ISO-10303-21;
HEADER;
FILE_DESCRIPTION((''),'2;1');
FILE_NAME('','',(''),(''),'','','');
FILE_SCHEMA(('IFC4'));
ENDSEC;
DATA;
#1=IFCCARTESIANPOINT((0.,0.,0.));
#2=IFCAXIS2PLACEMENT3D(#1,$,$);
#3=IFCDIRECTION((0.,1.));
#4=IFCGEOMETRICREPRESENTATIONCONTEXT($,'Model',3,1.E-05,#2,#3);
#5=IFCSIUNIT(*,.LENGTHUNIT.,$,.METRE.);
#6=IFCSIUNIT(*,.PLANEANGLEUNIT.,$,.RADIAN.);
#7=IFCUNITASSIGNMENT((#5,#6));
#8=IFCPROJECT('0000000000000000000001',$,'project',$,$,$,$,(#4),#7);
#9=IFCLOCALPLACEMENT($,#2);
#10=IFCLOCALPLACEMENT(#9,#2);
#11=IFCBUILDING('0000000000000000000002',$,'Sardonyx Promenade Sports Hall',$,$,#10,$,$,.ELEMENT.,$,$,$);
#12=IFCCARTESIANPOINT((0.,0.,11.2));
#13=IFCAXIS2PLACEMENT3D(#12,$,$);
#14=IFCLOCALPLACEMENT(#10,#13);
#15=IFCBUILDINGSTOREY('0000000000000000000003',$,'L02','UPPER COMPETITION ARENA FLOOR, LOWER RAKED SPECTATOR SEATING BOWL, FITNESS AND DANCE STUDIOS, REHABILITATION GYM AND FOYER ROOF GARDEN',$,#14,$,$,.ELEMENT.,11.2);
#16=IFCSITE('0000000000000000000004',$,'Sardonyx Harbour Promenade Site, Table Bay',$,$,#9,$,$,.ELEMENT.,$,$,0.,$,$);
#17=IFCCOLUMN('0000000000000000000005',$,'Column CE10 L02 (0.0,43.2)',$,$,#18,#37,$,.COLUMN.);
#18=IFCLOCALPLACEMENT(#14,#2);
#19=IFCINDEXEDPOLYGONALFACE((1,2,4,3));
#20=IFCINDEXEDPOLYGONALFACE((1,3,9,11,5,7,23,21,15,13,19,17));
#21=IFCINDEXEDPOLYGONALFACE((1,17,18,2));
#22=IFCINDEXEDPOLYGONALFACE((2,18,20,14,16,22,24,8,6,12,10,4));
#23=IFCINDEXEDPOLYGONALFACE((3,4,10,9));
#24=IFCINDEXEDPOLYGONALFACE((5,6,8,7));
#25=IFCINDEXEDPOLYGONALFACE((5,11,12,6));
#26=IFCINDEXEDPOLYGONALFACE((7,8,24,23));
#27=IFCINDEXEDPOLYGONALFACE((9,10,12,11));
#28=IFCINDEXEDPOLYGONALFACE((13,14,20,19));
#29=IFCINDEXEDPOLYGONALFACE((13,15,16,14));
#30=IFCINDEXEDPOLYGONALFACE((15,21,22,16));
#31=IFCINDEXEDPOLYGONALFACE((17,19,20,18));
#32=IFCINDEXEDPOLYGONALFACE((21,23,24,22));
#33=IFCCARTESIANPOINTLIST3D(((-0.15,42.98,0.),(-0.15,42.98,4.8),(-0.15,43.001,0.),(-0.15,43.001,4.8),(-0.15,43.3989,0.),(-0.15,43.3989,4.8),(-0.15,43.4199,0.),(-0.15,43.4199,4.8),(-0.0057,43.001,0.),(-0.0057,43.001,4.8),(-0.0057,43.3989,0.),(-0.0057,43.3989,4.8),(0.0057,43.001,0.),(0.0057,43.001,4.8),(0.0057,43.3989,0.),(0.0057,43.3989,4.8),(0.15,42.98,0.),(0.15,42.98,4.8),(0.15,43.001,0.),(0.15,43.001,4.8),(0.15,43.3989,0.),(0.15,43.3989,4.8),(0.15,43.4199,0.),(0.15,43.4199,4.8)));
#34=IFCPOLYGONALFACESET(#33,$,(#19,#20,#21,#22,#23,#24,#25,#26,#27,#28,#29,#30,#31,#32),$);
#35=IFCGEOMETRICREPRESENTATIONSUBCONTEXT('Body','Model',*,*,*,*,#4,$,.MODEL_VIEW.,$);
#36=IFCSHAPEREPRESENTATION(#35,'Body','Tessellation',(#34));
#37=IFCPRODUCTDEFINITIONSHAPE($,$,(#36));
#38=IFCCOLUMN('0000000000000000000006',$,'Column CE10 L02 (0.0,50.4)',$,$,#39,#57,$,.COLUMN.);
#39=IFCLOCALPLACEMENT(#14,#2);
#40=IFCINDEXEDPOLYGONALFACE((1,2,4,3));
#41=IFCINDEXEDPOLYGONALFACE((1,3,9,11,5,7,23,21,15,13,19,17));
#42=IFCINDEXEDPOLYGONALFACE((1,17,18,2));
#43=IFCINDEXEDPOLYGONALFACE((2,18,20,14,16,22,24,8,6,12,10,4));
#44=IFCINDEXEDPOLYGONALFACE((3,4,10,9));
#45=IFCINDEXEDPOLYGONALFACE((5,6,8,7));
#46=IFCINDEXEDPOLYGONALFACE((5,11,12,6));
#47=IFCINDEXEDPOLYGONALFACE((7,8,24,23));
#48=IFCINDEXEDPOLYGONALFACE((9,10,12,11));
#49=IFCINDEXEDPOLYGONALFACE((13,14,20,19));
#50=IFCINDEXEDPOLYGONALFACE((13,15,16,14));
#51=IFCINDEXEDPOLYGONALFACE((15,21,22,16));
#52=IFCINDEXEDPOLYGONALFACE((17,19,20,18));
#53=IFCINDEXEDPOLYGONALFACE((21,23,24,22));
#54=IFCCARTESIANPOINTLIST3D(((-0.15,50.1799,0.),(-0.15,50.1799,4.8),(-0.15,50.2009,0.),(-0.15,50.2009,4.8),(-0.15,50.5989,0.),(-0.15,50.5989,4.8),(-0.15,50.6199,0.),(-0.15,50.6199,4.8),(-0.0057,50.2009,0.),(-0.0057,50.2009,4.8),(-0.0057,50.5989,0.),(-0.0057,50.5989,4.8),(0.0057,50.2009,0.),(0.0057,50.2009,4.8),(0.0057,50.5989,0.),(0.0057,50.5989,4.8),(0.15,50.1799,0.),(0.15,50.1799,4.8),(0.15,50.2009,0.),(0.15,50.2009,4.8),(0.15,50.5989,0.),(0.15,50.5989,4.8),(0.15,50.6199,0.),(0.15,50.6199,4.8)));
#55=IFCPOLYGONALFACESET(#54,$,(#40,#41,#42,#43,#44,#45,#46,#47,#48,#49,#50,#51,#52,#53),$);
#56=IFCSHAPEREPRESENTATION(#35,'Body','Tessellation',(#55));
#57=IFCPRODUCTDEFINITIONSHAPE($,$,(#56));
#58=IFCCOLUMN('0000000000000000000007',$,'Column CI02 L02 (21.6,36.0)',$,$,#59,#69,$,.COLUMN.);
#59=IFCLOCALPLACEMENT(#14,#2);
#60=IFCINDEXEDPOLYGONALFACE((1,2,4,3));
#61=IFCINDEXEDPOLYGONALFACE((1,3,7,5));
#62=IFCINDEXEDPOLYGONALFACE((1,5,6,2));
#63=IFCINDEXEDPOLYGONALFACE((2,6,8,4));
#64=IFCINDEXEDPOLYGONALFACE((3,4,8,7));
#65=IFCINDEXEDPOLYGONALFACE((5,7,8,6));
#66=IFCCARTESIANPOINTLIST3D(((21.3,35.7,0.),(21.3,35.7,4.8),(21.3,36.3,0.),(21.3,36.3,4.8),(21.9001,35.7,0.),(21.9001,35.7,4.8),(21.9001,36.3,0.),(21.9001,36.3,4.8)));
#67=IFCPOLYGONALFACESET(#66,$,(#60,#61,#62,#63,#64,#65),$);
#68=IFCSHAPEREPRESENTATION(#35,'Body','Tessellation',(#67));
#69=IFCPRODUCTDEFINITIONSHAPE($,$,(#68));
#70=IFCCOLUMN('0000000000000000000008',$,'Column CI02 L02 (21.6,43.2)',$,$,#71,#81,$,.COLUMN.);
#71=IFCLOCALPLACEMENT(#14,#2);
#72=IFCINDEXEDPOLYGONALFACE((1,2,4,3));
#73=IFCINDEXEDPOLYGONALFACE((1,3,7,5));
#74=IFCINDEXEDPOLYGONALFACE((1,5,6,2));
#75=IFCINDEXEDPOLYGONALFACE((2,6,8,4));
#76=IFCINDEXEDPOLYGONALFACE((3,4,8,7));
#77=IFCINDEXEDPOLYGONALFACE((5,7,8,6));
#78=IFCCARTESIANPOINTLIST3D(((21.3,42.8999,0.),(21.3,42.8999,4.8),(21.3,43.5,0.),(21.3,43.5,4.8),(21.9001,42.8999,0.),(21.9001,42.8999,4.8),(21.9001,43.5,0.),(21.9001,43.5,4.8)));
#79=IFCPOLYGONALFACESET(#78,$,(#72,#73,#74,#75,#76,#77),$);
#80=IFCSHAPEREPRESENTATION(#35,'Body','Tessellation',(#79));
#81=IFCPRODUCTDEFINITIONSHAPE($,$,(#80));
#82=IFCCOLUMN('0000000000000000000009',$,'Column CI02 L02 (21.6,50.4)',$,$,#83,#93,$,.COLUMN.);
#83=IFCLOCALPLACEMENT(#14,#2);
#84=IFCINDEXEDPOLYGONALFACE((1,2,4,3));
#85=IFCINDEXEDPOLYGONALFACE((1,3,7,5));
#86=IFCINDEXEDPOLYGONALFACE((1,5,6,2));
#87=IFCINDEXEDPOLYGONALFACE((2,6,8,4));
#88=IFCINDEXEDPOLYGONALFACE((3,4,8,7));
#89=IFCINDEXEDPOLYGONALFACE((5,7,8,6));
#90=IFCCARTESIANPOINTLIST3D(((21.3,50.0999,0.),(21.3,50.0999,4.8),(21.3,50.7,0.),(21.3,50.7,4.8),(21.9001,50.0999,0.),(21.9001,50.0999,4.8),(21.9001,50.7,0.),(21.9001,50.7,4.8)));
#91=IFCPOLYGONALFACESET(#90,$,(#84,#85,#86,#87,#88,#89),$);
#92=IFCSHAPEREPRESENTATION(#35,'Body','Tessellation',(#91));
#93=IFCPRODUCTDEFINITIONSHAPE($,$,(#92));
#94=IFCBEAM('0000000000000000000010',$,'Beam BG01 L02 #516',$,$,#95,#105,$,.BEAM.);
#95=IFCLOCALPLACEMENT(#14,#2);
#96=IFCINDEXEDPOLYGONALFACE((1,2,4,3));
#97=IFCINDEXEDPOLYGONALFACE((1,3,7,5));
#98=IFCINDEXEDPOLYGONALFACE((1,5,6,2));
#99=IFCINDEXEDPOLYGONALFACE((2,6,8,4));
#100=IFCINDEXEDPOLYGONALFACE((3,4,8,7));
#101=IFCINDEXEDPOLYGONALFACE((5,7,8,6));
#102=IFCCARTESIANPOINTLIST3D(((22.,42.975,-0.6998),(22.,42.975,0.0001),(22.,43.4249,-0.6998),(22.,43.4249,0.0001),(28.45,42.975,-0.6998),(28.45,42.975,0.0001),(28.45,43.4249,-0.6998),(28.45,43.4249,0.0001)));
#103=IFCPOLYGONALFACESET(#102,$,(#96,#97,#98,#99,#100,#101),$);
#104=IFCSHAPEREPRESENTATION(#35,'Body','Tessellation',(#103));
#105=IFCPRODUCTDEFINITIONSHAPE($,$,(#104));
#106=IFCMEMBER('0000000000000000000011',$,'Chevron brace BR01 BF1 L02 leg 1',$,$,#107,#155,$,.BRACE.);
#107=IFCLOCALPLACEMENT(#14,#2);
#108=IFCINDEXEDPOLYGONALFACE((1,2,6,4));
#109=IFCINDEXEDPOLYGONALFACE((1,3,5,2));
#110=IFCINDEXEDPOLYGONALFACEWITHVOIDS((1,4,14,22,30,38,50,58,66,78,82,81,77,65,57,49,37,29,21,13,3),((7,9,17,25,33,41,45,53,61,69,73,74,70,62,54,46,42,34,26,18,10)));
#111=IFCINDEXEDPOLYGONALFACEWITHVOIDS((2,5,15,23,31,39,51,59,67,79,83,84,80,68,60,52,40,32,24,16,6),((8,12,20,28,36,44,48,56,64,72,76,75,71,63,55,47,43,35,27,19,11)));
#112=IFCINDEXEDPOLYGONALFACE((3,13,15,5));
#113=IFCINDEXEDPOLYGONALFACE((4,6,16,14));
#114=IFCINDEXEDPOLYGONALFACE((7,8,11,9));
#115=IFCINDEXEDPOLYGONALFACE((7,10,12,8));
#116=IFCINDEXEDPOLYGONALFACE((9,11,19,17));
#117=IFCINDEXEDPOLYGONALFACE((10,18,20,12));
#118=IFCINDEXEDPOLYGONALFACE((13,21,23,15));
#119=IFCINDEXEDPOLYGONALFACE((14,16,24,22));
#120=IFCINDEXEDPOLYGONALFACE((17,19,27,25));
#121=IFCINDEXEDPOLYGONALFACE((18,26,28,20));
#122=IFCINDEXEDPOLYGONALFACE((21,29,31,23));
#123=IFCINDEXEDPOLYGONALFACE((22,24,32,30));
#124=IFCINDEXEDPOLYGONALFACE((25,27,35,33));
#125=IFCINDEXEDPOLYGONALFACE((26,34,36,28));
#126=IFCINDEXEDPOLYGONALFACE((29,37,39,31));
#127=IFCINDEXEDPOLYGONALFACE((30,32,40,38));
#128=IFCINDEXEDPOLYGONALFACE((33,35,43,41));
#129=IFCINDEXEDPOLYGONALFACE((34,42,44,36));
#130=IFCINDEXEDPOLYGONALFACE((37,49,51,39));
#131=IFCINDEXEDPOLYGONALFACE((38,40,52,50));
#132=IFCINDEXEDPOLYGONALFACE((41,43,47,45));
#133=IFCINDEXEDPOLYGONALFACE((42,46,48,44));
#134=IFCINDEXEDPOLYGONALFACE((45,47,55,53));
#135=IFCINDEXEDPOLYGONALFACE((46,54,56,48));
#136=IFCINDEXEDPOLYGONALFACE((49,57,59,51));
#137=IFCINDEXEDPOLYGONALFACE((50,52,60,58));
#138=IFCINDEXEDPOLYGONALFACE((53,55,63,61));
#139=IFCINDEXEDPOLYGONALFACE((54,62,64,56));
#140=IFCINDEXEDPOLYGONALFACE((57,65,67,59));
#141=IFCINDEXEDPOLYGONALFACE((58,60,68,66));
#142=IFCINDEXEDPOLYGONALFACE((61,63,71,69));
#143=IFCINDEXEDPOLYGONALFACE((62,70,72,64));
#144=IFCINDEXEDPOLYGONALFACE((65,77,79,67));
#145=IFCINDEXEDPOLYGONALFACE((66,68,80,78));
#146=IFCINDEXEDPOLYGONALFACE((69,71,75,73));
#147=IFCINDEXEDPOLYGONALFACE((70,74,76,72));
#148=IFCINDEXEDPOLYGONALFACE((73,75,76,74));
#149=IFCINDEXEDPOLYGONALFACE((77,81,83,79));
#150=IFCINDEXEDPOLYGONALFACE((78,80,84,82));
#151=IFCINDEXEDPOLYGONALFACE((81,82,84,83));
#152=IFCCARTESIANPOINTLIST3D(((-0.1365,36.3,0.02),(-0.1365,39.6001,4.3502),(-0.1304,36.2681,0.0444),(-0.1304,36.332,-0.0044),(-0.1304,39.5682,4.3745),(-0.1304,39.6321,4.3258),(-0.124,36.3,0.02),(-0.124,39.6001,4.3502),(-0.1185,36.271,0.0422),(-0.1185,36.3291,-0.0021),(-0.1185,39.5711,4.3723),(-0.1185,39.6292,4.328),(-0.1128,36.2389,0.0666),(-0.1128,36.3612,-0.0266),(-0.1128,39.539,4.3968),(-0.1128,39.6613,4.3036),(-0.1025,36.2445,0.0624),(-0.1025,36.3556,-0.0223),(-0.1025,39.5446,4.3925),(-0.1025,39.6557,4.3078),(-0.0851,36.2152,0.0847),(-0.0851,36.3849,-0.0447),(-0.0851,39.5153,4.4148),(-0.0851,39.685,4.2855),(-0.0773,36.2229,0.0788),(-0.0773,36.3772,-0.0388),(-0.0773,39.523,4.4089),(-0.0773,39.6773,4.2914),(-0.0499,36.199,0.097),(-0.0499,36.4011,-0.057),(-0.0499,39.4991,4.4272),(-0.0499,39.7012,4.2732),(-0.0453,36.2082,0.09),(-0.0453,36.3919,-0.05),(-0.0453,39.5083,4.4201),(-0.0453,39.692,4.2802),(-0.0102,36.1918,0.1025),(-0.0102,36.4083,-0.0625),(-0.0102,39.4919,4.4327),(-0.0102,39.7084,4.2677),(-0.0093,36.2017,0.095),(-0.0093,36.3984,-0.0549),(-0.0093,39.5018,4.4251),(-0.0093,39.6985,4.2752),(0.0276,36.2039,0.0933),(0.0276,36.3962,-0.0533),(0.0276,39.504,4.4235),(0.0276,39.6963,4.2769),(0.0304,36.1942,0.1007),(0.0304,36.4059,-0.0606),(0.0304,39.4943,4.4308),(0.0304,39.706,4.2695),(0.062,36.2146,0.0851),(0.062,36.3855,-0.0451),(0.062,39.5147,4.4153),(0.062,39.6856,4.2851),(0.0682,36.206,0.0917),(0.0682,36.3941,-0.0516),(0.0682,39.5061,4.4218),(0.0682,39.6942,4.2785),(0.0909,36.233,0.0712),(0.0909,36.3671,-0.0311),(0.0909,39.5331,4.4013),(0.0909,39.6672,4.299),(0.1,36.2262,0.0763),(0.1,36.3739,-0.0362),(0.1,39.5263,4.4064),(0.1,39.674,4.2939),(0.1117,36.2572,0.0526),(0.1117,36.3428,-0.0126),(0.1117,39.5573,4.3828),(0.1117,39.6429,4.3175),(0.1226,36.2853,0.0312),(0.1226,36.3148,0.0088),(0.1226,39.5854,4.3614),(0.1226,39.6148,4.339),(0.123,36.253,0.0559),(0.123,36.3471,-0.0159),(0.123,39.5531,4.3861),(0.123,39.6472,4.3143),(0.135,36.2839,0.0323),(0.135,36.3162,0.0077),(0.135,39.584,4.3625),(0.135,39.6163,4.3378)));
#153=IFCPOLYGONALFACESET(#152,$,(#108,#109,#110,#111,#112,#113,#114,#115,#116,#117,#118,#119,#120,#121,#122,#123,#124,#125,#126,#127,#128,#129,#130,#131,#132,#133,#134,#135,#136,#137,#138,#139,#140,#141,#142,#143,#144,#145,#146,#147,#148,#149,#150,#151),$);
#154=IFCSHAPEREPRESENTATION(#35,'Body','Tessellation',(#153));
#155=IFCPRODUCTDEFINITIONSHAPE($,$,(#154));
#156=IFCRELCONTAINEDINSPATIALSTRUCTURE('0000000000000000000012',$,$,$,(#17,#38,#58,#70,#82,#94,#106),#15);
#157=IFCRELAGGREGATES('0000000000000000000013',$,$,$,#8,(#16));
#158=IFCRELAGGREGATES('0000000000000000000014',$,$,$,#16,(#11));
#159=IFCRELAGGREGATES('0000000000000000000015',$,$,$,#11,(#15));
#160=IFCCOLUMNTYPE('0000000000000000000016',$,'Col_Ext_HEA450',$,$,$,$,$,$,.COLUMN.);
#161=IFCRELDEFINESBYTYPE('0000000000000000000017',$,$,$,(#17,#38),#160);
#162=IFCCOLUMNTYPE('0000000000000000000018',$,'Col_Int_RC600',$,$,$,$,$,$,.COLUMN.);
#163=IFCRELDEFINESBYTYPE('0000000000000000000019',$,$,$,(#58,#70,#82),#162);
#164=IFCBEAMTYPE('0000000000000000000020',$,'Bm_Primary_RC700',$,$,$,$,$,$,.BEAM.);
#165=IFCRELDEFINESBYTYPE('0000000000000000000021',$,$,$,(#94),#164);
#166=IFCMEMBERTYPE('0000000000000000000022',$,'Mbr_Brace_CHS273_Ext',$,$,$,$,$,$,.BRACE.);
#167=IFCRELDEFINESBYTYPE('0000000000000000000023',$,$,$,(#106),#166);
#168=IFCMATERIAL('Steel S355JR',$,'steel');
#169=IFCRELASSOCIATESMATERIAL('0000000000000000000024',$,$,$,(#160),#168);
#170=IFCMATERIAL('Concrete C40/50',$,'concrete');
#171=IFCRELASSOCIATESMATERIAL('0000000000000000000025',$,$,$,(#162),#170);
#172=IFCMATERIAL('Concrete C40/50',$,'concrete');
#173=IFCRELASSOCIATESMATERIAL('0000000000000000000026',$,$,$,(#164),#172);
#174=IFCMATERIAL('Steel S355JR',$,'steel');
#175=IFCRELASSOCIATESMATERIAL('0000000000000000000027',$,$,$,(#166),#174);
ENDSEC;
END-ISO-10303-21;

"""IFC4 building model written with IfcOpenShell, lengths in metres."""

from ifc_helpers import new_model, si_unit, direction, frame, origin, origin_2d, place, context, subcontext, project, spatial, rectangle, hollow_circle, i_section, extrude, material, material_profile, profile_set, type_object, element, save


model = new_model("IFC4")

# Units and contexts
model_context = context("Model", 3, precision=1e-05, world=origin(), true_north=direction((0.0, 1.0)))
body_context = subcontext(model_context, "Body", "Model", "MODEL_VIEW")
ifc_project = project(units=[si_unit("LENGTHUNIT", "METRE"), si_unit("PLANEANGLEUNIT", "RADIAN")], contexts=[model_context])

# Site, building, storey
site_placement = place(None, origin())
site = spatial("IfcSite", under=ifc_project, at=site_placement, Name="Sardonyx Harbour Promenade Site, Table Bay", CompositionType="ELEMENT", RefElevation=0.0)
building_placement = place(site_placement, origin())
building = spatial("IfcBuilding", under=site, at=building_placement, Name="Sardonyx Promenade Sports Hall", CompositionType="ELEMENT")
storey_placement = place(building_placement, frame((0.0, 0.0, 11.2)))
storey = spatial("IfcBuildingStorey", under=building, at=storey_placement, Name="L02", Description="UPPER COMPETITION ARENA FLOOR, LOWER RAKED SPECTATOR SEATING BOWL, FITNESS AND DANCE STUDIOS, REHABILITATION GYM AND FOYER ROOF GARDEN", CompositionType="ELEMENT", Elevation=11.2)

# Columns
ifc_material_1 = material(Name="Steel S355JR", Category="steel")
ifc_material_profile_1 = material_profile(ifc_material_1, i_section(OverallWidth=0.3, OverallDepth=0.4399, WebThickness=0.0115, FlangeThickness=0.021, at=origin_2d()))
ifc_profile_set_1 = profile_set([ifc_material_profile_1], Name="Steel S355JR")
column_type_1 = type_object("IfcColumnType", Name="Col_Ext_HEA450", PredefinedType="COLUMN", material=ifc_profile_set_1)
for number, where, z_axis, x_axis, name in (
    (1, (0.0, 43.2, 0.0), (0.0, 0.0, 1.0), (1.0, 0.0, 0.0), "Column CE10 L02 (0.0,43.2)"),
    (2, (0.0, 50.3999, 0.0), (0.0, 0.0, 1.0), (1.0, 0.0, 0.0), "Column CE10 L02 (0.0,50.4)"),
):
    element("IfcColumn", number, at=place(storey_placement, frame(where, z_axis=z_axis, x_axis=x_axis)), inside=storey, type_object=column_type_1, Name=name, PredefinedType="COLUMN", context=body_context, shape_type="SweptSolid", body=[
        extrude(i_section(OverallWidth=0.3, OverallDepth=0.4399, WebThickness=0.0115, FlangeThickness=0.021, at=origin_2d()), origin(), (0.0, 0.0, 1.0), 4.8),
    ])
ifc_material_2 = material(Name="Concrete C40/50", Category="concrete")
ifc_material_profile_2 = material_profile(ifc_material_2, rectangle(XDim=0.6001, YDim=0.6001, at=origin_2d()))
ifc_profile_set_2 = profile_set([ifc_material_profile_2], Name="Concrete C40/50")
column_type_2 = type_object("IfcColumnType", Name="Col_Int_RC600", PredefinedType="COLUMN", material=ifc_profile_set_2)
for number, where, z_axis, x_axis, name in (
    (3, (21.6001, 36.0, 0.0), (0.0, 0.0, 1.0), (1.0, 0.0, 0.0), "Column CI02 L02 (21.6,36.0)"),
    (4, (21.6001, 43.2, 0.0), (0.0, 0.0, 1.0), (1.0, 0.0, 0.0), "Column CI02 L02 (21.6,43.2)"),
    (5, (21.6001, 50.3999, 0.0), (0.0, 0.0, 1.0), (1.0, 0.0, 0.0), "Column CI02 L02 (21.6,50.4)"),
):
    element("IfcColumn", number, at=place(storey_placement, frame(where, z_axis=z_axis, x_axis=x_axis)), inside=storey, type_object=column_type_2, Name=name, PredefinedType="COLUMN", context=body_context, shape_type="SweptSolid", body=[
        extrude(rectangle(XDim=0.6001, YDim=0.6001, at=origin_2d()), origin(), (0.0, 0.0, 1.0), 4.8),
    ])

# Beam
ifc_material_3 = material(Name="Concrete C40/50", Category="concrete")
ifc_material_profile_3 = material_profile(ifc_material_3, rectangle(XDim=0.45, YDim=0.7, at=origin_2d()))
ifc_profile_set_3 = profile_set([ifc_material_profile_3], Name="Concrete C40/50")
beam_type = type_object("IfcBeamType", Name="Bm_Primary_RC700", PredefinedType="BEAM", material=ifc_profile_set_3)
beam_placement = place(storey_placement, frame((22.0, 43.2, -0.3499), z_axis=(1.0, 0.0, 0.0), x_axis=(0.0, 1.0, 0.0)))
element("IfcBeam", 6, at=beam_placement, inside=storey, type_object=beam_type, Name="Beam BG01 L02 #516", PredefinedType="BEAM", context=body_context, shape_type="SweptSolid", body=[
    extrude(rectangle(XDim=0.45, YDim=0.7, at=origin_2d()), origin(), (0.0, 0.0, 1.0), 6.45),
])

# Member
ifc_material_4 = material(Name="Steel S355JR", Category="steel")
ifc_material_profile_4 = material_profile(ifc_material_4, hollow_circle(Radius=0.1365, WallThickness=0.0125, at=origin_2d()))
ifc_profile_set_4 = profile_set([ifc_material_profile_4], Name="Steel S355JR")
member_type = type_object("IfcMemberType", Name="Mbr_Brace_CHS273_Ext", PredefinedType="BRACE", material=ifc_profile_set_4)
member_1_placement = place(storey_placement, frame((0.0, 36.3, 0.02), z_axis=(0.0, 0.606153, 0.795348), x_axis=(-1.0, 0.0, 0.0)))
element("IfcMember", 7, at=member_1_placement, inside=storey, type_object=member_type, Name="Chevron brace BR01 BF1 L02 leg 1", PredefinedType="BRACE", context=body_context, shape_type="SweptSolid", body=[
    extrude(hollow_circle(Radius=0.1365, WallThickness=0.0125, at=origin_2d()), origin(), (0.0, 0.0, 1.0), 5.4443),
])

save(model, "model.ifc")
